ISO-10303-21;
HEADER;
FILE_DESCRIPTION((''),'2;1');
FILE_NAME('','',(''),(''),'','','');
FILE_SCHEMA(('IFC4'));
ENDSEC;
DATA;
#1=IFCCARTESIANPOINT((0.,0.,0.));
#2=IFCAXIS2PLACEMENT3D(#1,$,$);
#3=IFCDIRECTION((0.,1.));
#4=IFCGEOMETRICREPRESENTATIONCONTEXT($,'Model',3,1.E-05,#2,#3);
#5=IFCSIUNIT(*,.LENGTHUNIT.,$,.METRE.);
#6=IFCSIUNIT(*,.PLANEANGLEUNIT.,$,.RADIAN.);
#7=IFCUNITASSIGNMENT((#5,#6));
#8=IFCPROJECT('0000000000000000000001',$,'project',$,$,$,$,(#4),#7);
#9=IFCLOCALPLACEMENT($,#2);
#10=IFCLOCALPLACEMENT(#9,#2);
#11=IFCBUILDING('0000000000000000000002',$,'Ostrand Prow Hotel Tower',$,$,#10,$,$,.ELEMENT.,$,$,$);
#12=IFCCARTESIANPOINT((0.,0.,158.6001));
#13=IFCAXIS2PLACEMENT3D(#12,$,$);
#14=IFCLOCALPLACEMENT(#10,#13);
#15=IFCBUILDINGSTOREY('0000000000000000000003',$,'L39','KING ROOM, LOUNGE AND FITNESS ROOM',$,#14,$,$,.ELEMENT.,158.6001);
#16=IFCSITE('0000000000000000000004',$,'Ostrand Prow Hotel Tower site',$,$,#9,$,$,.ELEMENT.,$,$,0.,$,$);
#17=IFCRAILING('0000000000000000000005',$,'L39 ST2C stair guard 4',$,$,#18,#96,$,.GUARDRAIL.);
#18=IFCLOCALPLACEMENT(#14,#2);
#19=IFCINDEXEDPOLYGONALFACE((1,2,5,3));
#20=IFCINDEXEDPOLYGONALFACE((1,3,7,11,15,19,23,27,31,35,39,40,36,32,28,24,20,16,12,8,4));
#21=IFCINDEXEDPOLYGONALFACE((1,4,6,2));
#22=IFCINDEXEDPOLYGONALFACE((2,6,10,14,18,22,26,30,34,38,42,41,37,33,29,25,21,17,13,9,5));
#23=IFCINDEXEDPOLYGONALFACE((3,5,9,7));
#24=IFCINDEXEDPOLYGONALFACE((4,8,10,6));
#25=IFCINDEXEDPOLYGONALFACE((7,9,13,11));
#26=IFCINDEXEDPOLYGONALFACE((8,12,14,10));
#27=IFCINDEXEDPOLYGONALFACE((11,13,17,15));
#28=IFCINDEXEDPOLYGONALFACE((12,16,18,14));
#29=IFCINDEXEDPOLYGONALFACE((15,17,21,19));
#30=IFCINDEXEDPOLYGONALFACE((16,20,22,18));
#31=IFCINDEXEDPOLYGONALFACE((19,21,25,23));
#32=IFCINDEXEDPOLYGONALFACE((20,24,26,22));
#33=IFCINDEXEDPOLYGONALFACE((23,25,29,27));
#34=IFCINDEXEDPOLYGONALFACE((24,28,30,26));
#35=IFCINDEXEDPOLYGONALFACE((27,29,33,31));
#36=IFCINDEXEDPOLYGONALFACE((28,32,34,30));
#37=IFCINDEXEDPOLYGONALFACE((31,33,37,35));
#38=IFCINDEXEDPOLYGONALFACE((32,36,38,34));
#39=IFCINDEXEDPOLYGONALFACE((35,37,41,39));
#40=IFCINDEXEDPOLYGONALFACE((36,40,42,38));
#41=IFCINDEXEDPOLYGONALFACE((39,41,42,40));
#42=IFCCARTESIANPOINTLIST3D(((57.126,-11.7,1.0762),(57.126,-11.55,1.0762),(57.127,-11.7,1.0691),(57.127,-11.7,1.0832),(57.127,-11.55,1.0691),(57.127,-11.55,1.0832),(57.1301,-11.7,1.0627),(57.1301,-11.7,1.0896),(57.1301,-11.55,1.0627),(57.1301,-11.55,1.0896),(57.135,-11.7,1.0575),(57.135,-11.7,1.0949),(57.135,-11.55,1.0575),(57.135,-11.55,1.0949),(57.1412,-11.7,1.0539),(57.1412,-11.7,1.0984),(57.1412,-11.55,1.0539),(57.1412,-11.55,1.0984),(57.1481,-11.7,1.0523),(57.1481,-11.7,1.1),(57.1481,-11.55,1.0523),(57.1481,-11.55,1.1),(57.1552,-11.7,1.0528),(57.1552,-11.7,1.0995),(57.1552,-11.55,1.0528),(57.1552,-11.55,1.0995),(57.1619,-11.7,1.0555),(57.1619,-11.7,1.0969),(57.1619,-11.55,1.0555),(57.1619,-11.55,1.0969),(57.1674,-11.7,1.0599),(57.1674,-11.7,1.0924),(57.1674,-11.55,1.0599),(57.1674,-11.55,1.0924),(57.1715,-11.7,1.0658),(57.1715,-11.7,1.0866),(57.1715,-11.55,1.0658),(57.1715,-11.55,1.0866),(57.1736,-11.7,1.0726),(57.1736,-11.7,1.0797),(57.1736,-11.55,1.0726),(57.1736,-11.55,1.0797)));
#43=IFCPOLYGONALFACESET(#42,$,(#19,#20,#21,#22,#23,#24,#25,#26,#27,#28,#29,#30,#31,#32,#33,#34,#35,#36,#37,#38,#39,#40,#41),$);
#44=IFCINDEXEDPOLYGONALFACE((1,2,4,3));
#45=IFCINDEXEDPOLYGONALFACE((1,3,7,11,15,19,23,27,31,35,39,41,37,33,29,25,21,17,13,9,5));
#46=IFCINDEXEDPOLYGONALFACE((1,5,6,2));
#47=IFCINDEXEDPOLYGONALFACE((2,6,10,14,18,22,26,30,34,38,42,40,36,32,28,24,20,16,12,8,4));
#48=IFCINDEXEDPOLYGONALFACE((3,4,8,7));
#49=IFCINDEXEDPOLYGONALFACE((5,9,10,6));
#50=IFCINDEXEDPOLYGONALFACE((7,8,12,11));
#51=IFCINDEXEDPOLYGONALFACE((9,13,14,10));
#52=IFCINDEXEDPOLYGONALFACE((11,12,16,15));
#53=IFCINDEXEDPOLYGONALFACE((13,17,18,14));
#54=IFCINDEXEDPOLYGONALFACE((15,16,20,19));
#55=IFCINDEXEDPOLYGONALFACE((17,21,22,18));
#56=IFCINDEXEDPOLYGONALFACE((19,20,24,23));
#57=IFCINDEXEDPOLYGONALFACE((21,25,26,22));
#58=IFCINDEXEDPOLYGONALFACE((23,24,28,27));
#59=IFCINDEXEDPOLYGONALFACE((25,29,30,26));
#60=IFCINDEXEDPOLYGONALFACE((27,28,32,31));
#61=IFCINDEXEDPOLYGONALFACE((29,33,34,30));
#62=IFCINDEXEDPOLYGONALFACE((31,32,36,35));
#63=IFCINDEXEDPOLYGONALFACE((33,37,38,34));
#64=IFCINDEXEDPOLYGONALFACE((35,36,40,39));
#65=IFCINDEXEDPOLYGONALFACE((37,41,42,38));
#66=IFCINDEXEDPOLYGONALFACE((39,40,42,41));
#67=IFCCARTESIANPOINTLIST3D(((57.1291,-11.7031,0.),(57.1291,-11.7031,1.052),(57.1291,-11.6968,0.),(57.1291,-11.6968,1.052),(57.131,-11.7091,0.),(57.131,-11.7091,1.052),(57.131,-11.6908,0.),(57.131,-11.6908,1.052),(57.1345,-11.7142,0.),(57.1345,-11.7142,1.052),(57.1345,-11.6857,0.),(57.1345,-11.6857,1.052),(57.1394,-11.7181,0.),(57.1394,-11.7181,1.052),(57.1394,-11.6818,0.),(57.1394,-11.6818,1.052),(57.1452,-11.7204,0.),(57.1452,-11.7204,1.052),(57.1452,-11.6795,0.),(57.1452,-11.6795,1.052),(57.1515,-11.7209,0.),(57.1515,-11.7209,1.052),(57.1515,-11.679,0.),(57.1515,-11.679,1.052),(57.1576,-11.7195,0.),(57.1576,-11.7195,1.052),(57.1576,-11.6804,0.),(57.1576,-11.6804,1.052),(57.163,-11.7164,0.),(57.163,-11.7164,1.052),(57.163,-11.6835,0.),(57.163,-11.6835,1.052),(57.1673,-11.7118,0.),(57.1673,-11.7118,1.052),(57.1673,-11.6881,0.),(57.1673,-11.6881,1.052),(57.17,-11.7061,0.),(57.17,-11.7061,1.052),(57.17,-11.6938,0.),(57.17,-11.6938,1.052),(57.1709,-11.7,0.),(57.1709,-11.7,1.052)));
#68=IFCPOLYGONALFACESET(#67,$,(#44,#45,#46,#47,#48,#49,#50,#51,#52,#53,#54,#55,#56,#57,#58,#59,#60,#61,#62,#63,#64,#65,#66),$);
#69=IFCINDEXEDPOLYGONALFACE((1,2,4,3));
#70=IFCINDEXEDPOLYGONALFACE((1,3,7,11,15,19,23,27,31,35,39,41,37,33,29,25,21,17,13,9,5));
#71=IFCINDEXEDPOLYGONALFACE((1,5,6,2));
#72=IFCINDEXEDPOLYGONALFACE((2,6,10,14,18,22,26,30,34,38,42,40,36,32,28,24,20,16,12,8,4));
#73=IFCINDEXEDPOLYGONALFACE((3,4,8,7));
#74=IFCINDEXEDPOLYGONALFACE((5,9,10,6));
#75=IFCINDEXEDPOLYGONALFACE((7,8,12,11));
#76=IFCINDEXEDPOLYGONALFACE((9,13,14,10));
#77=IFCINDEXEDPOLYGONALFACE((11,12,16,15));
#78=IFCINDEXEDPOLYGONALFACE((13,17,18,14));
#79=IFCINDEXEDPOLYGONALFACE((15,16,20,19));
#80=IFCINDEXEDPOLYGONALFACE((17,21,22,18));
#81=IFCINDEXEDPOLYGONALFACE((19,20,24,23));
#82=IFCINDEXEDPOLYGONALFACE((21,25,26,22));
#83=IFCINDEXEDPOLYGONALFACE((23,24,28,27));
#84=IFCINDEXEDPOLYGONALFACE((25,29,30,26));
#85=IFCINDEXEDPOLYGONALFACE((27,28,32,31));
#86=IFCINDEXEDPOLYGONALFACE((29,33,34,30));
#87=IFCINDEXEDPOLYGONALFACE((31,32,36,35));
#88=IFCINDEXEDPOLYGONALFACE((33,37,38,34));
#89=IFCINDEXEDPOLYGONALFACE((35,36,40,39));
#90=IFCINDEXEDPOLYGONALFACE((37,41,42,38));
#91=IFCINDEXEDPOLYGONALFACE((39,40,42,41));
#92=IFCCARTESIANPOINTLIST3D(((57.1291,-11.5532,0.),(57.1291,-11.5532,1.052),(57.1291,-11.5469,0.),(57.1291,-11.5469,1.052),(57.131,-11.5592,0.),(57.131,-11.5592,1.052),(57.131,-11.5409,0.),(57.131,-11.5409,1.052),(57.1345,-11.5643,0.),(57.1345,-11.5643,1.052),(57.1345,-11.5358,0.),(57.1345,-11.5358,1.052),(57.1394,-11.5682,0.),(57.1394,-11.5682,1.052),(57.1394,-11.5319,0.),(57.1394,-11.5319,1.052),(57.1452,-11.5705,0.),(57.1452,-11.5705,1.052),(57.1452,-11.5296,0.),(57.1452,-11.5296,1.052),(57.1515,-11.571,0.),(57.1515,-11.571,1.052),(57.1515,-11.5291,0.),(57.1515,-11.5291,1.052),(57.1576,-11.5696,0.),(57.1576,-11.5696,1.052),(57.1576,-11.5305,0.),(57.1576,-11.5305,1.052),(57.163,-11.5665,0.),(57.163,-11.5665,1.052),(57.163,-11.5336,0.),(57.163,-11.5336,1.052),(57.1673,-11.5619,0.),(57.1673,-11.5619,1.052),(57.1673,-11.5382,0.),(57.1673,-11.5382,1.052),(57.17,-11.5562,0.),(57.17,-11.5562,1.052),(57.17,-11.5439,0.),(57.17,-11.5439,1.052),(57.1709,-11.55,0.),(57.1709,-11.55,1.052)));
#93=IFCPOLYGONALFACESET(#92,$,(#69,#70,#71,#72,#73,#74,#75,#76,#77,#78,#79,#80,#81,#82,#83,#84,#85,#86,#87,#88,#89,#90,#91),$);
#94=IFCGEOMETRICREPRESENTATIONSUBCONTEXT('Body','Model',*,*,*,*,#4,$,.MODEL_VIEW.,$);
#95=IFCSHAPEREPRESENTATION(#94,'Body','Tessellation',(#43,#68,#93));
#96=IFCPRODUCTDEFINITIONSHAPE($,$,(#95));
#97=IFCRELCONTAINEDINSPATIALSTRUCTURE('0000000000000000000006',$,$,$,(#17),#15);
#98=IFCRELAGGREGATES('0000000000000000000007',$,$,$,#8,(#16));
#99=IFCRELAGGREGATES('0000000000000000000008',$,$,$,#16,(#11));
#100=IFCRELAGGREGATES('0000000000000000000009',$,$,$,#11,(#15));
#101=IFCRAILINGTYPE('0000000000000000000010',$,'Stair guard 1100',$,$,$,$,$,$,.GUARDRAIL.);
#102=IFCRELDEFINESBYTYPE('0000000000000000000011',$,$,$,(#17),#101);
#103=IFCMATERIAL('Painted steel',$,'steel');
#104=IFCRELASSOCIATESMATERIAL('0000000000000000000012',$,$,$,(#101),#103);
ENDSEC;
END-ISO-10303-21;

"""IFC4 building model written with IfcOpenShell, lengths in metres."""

from ifc_helpers import new_model, si_unit, direction, frame, origin, origin_2d, place, context, subcontext, project, spatial, circle, extrude, material, type_object, element, save


model = new_model("IFC4")

# Units and contexts
model_context = context("Model", 3, precision=1e-05, world=origin(), true_north=direction((0.0, 1.0)))
body_context = subcontext(model_context, "Body", "Model", "MODEL_VIEW")
ifc_project = project(units=[si_unit("LENGTHUNIT", "METRE"), si_unit("PLANEANGLEUNIT", "RADIAN")], contexts=[model_context])

# Site, building, storey
site_placement = place(None, origin())
site = spatial("IfcSite", under=ifc_project, at=site_placement, Name="Ostrand Prow Hotel Tower site", CompositionType="ELEMENT", RefElevation=0.0)
building_placement = place(site_placement, origin())
building = spatial("IfcBuilding", under=site, at=building_placement, Name="Ostrand Prow Hotel Tower", CompositionType="ELEMENT")
storey_placement = place(building_placement, frame((0.0, 0.0, 158.6001)))
storey = spatial("IfcBuildingStorey", under=building, at=storey_placement, Name="L39", Description="KING ROOM, LOUNGE AND FITNESS ROOM", CompositionType="ELEMENT", Elevation=158.6001)

# Railing
ifc_material_1 = material(Name="Painted steel", Category="steel")
railing_type_1 = type_object("IfcRailingType", Name="Stair guard 1100", PredefinedType="GUARDRAIL", material=ifc_material_1)
railing_1_placement = place(storey_placement, frame((57.1499, -11.7, 0.0)))
element("IfcRailing", 1, at=railing_1_placement, inside=storey, type_object=railing_type_1, Name="L39 ST2C stair guard 4", PredefinedType="GUARDRAIL", context=body_context, shape_type="SweptSolid", body=[
    extrude(circle(Radius=0.0239, at=origin_2d()), frame((0.0, 0.0, 1.0762), z_axis=(0.0, 1.0, 0.0), x_axis=(-1.0, 0.0, 0.0)), (0.0, 0.0, 1.0), 0.1499),
    extrude(circle(Radius=0.021, at=origin_2d()), origin(), (0.0, 0.0, 1.0), 1.052),
    extrude(circle(Radius=0.021, at=origin_2d()), frame((0.0, 0.1499, 0.0)), (0.0, 0.0, 1.0), 1.052),
])

save(model, "model.ifc")
